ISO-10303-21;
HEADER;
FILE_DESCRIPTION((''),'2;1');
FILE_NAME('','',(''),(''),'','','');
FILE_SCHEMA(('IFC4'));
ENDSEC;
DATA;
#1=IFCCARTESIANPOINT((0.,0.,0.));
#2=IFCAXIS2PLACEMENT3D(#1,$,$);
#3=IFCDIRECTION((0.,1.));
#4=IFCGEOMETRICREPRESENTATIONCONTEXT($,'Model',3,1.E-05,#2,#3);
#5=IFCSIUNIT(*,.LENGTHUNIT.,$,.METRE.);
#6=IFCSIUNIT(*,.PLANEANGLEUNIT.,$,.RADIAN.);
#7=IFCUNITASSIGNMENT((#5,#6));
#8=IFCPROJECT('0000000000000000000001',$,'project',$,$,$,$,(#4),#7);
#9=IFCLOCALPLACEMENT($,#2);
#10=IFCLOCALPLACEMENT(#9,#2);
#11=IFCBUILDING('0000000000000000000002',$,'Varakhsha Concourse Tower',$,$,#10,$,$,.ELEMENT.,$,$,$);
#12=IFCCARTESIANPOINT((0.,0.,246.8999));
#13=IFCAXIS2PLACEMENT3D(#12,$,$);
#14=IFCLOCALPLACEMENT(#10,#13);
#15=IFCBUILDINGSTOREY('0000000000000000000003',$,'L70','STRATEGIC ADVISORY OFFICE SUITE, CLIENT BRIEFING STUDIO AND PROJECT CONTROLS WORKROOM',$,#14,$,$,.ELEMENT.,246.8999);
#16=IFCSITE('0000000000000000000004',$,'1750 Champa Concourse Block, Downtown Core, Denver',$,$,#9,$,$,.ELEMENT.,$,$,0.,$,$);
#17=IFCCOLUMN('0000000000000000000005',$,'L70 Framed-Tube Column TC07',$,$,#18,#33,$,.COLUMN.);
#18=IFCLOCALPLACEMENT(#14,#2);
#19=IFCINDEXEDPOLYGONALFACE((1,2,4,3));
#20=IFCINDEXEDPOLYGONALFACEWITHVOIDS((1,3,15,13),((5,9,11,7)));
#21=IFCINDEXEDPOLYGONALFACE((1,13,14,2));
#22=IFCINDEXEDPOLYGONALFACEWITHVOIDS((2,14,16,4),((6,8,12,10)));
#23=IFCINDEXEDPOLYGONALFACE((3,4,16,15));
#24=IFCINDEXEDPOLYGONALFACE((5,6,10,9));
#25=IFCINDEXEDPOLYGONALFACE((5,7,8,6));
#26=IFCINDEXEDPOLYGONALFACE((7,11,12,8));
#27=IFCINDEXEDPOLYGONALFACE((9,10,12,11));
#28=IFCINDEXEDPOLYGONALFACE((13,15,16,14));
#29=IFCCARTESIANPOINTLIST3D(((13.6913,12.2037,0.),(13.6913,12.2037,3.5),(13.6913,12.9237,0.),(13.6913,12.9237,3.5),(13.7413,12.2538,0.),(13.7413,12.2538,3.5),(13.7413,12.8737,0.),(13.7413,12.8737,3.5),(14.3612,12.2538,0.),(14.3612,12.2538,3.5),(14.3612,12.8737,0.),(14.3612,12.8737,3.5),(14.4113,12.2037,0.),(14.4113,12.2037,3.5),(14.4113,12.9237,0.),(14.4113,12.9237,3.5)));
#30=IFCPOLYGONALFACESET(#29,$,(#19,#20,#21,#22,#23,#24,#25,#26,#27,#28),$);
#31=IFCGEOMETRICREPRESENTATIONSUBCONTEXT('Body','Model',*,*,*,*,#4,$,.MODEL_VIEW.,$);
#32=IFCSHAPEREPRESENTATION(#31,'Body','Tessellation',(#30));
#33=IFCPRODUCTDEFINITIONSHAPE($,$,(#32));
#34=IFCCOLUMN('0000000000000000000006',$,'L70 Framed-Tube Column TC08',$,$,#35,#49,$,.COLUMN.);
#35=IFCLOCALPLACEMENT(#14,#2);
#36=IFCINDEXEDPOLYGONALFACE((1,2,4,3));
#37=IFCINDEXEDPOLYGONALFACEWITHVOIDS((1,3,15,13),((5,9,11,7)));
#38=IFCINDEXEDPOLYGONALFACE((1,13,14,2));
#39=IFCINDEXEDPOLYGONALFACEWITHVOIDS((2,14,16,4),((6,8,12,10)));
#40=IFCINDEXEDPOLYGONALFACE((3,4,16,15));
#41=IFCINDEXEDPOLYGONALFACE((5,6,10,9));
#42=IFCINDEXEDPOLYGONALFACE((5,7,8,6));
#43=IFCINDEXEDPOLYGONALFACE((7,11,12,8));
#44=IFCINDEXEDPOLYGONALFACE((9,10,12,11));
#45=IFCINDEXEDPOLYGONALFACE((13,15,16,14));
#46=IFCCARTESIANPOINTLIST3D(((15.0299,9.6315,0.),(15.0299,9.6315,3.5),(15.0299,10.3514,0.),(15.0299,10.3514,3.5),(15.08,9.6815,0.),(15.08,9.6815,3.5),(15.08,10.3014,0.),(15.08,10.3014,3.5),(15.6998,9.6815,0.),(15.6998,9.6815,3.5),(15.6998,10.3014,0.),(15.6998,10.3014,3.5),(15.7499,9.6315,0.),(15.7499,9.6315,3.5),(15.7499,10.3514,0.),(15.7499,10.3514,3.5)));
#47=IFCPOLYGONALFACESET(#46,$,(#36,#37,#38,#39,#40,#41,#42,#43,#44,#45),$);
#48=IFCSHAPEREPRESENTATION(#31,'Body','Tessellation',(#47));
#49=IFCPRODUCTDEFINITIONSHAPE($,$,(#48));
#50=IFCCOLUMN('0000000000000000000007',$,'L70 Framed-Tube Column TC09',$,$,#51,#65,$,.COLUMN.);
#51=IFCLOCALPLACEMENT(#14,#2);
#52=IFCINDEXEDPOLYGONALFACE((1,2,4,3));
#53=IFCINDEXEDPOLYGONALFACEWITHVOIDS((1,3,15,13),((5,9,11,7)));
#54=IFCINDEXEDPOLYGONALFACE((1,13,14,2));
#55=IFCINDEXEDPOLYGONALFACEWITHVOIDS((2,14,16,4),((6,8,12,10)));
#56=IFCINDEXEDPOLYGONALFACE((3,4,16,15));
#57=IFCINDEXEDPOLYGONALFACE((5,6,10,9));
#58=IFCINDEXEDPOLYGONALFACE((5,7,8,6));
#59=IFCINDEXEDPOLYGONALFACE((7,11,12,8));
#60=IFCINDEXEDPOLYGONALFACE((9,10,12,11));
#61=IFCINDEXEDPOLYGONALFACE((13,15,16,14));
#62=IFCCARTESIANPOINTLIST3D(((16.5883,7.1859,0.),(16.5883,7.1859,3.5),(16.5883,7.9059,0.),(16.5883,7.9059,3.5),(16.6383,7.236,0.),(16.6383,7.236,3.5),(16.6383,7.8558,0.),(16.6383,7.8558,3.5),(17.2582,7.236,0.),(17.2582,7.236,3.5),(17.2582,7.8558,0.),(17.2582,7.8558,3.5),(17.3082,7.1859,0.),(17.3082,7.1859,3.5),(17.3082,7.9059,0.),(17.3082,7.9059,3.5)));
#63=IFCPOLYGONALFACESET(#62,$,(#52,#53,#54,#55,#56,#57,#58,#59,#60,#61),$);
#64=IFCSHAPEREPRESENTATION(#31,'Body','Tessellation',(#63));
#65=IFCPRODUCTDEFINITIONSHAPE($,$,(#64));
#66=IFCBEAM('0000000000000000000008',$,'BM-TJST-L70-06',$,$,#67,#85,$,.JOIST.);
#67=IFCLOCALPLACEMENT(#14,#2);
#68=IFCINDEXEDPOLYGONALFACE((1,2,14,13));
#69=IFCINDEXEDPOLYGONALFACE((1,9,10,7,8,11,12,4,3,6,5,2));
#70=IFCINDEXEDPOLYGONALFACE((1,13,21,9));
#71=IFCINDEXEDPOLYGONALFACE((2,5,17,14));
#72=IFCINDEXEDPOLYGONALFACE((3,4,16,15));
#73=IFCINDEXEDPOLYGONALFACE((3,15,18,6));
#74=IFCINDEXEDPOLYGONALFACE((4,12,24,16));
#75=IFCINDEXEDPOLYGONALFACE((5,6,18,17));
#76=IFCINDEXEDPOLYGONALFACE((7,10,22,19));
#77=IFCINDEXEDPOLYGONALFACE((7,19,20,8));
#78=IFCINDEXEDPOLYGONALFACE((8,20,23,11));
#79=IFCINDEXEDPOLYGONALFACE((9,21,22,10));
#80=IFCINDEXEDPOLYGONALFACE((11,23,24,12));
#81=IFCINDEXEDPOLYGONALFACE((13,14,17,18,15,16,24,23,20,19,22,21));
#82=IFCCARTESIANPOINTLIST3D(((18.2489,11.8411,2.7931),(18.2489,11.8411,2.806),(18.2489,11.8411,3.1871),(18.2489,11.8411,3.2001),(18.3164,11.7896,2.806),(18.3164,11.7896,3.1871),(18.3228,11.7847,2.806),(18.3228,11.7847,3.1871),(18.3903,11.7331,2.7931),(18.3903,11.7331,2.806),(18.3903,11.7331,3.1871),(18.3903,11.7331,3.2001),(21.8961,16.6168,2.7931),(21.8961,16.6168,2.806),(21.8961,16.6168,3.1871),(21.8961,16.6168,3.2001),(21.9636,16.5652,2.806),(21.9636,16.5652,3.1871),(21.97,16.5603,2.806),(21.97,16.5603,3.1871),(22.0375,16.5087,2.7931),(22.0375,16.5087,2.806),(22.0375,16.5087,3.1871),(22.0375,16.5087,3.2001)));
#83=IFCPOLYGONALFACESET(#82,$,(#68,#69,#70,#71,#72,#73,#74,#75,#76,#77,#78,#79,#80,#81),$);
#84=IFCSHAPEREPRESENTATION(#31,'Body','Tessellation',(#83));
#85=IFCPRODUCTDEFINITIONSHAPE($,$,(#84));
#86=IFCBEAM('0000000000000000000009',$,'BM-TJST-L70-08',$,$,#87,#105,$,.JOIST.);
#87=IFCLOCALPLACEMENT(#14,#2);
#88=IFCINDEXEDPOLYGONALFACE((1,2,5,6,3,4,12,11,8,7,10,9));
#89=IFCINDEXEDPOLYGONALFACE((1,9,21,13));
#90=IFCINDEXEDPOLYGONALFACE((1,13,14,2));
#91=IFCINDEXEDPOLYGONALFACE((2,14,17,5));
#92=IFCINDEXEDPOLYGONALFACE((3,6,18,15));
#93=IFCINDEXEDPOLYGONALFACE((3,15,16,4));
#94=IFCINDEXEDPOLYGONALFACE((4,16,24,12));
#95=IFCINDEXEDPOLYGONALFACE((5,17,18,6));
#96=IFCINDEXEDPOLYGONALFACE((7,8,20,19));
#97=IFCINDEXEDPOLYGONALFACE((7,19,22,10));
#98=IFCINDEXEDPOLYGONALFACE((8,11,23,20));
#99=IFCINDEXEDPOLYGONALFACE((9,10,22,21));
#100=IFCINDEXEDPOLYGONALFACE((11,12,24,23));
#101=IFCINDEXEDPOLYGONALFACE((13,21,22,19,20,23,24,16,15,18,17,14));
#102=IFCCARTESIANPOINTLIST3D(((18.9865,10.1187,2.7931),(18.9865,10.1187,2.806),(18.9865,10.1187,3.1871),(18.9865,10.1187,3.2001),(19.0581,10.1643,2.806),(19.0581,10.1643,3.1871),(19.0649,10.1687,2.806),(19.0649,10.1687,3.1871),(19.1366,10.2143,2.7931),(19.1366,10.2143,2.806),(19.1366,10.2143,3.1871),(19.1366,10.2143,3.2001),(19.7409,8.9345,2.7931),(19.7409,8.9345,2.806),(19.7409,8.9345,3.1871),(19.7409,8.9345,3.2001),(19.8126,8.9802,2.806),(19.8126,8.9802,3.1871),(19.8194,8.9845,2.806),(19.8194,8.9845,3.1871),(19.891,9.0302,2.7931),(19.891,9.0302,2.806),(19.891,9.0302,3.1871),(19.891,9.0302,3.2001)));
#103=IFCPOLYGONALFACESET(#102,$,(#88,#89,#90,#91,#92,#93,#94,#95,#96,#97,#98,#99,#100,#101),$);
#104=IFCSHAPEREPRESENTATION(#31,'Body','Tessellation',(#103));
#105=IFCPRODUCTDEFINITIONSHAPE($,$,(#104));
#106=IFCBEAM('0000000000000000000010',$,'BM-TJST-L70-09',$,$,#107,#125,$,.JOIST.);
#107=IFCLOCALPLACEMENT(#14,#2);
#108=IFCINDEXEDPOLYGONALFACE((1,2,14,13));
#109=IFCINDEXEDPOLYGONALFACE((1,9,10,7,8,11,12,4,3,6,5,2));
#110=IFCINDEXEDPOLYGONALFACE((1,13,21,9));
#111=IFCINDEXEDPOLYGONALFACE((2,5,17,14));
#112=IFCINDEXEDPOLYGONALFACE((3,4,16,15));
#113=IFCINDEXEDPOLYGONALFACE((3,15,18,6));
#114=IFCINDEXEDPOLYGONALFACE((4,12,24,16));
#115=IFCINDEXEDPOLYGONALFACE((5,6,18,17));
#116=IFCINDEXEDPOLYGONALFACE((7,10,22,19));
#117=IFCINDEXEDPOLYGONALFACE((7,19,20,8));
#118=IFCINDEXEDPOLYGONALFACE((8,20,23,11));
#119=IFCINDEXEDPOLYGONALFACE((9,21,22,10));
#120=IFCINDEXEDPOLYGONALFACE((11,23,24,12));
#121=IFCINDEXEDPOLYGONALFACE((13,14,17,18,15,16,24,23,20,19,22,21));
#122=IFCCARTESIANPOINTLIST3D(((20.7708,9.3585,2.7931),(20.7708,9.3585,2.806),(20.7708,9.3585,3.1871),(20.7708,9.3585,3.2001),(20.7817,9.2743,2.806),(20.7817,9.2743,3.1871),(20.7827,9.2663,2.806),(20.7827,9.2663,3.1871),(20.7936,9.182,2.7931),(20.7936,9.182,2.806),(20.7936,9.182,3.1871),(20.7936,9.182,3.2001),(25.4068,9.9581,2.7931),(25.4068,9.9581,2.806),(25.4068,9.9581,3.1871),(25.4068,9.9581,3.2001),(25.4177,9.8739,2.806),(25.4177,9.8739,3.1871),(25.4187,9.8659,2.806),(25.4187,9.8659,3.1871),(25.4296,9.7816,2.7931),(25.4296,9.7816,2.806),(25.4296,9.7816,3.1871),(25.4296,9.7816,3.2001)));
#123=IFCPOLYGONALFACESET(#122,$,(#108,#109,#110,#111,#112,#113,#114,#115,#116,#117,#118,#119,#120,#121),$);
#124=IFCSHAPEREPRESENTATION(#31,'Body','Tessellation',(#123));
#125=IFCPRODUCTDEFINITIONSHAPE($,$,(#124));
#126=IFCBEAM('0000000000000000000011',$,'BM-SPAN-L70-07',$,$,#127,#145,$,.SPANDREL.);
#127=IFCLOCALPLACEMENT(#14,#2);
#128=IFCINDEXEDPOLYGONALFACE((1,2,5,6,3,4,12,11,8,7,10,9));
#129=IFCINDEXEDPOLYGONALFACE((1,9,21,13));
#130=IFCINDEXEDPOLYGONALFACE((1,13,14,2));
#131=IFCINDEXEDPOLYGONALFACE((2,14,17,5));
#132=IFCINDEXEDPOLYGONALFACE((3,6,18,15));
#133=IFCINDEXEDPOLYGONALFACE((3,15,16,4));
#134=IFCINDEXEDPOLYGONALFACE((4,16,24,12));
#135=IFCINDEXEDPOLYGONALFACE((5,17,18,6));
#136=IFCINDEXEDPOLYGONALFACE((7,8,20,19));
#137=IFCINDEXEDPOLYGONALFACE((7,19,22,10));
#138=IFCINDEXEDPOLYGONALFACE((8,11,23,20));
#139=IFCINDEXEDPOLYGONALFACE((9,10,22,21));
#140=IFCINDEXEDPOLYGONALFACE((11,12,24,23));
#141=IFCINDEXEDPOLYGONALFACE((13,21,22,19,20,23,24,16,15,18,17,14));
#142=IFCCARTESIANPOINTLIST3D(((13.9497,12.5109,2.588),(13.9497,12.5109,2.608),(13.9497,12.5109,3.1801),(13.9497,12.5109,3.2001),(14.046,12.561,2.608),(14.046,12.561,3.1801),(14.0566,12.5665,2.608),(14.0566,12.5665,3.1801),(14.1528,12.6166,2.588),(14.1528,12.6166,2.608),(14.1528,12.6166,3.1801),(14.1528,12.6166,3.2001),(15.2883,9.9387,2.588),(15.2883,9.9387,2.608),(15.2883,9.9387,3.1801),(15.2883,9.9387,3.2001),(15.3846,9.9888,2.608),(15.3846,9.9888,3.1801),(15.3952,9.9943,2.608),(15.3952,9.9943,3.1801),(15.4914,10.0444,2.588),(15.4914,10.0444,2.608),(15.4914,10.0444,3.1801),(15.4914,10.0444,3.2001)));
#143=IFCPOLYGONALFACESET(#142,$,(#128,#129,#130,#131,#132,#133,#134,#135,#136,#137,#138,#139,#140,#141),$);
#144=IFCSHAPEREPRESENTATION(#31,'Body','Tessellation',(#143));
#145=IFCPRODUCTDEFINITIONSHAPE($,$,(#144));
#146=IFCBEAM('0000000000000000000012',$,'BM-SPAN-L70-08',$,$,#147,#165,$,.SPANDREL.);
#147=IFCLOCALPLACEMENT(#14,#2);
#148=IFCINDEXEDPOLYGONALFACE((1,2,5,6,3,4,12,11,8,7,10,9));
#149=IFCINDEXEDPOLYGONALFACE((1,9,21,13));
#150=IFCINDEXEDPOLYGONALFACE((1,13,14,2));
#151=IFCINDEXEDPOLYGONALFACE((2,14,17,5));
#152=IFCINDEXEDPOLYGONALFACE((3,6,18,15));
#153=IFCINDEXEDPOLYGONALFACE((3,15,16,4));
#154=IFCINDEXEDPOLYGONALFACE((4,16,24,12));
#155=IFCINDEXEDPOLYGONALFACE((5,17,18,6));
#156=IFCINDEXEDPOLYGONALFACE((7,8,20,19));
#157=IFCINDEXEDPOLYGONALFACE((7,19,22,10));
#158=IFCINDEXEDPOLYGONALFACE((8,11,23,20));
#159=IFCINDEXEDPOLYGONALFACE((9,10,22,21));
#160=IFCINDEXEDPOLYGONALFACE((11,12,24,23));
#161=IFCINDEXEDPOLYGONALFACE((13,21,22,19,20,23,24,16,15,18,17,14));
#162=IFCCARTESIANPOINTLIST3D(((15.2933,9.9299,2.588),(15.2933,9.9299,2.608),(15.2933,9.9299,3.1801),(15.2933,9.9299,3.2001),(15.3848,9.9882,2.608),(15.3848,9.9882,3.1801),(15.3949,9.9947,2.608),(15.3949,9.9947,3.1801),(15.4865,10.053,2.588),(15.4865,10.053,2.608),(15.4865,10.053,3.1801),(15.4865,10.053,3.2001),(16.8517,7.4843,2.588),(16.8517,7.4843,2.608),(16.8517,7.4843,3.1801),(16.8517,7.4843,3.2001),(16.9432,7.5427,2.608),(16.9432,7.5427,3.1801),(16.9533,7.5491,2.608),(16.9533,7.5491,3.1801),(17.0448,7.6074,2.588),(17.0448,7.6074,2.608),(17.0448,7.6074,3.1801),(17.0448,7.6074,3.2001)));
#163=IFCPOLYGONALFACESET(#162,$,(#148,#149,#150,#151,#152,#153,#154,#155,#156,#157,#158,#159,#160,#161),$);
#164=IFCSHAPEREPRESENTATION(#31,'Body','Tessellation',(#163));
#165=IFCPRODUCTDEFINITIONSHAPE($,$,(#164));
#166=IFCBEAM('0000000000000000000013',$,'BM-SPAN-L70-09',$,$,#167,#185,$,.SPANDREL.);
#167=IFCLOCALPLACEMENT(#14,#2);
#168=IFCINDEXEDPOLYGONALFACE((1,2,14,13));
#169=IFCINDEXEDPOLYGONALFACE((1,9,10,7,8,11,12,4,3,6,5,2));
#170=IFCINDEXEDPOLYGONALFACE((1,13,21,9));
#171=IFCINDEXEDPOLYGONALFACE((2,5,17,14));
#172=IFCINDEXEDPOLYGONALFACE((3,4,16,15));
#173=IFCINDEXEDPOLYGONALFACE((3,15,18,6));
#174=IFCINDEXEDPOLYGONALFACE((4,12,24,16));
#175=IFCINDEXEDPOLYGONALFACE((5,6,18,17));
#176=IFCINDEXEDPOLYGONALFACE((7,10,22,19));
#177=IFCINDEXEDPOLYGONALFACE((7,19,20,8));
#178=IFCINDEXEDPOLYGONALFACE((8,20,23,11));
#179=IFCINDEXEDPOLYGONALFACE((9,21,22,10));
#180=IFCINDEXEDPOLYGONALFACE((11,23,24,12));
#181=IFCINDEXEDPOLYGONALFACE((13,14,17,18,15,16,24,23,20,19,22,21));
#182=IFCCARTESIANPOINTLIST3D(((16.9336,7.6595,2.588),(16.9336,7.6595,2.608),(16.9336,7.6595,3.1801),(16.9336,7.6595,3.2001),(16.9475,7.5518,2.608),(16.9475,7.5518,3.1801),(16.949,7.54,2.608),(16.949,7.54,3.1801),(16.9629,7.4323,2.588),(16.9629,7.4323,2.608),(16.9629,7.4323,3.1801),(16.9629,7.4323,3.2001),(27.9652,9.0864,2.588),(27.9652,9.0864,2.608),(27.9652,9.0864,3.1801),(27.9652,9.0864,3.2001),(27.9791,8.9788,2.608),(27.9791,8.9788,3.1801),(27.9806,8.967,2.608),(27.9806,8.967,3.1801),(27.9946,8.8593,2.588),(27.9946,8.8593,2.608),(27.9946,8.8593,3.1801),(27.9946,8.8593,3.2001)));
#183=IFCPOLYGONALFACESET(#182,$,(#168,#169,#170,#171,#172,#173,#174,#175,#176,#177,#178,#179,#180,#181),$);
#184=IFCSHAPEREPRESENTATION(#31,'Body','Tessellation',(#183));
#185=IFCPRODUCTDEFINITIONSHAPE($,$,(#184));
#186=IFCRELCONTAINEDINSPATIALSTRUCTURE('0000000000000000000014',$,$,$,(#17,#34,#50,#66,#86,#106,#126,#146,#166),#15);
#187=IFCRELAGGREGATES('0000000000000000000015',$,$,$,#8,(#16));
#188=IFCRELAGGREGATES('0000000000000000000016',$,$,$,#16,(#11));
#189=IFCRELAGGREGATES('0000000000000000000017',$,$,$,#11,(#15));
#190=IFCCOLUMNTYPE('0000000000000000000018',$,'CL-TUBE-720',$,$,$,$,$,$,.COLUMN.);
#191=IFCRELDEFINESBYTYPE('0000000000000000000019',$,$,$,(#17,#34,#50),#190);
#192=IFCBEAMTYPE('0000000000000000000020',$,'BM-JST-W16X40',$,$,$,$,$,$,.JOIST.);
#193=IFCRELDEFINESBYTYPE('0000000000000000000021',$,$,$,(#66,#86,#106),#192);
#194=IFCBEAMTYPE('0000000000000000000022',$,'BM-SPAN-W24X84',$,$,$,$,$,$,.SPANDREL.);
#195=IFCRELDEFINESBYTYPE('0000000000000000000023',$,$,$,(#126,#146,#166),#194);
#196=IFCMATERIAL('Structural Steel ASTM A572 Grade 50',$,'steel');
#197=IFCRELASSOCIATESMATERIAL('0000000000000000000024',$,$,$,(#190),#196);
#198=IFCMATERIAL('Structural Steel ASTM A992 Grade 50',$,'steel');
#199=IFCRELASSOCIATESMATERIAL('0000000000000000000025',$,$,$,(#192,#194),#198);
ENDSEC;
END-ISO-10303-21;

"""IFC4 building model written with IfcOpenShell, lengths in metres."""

from ifc_helpers import new_model, si_unit, direction, frame, origin, origin_2d, place, context, subcontext, project, spatial, hollow_rectangle, i_section, extrude, material, material_profile, profile_set, type_object, element, save


model = new_model("IFC4")

# Units and contexts
model_context = context("Model", 3, precision=1e-05, world=origin(), true_north=direction((0.0, 1.0)))
body_context = subcontext(model_context, "Body", "Model", "MODEL_VIEW")
ifc_project = project(units=[si_unit("LENGTHUNIT", "METRE"), si_unit("PLANEANGLEUNIT", "RADIAN")], contexts=[model_context])

# Site, building, storey
site_placement = place(None, origin())
site = spatial("IfcSite", under=ifc_project, at=site_placement, Name="1750 Champa Concourse Block, Downtown Core, Denver", CompositionType="ELEMENT", RefElevation=0.0)
building_placement = place(site_placement, origin())
building = spatial("IfcBuilding", under=site, at=building_placement, Name="Varakhsha Concourse Tower", CompositionType="ELEMENT")
storey_placement = place(building_placement, frame((0.0, 0.0, 246.8999)))
storey = spatial("IfcBuildingStorey", under=building, at=storey_placement, Name="L70", Description="STRATEGIC ADVISORY OFFICE SUITE, CLIENT BRIEFING STUDIO AND PROJECT CONTROLS WORKROOM", CompositionType="ELEMENT", Elevation=246.8999)

# Columns
ifc_material_1 = material(Name="Structural Steel ASTM A572 Grade 50", Category="steel")
ifc_material_profile_1 = material_profile(ifc_material_1, hollow_rectangle(XDim=0.72, YDim=0.72, WallThickness=0.05, at=origin_2d()), Name="BOX 720x720x50")
ifc_profile_set_1 = profile_set([ifc_material_profile_1], Name="Structural Steel ASTM A572 Grade 50")
column_type = type_object("IfcColumnType", Name="CL-TUBE-720", PredefinedType="COLUMN", material=ifc_profile_set_1)
for number, where, z_axis, x_axis, name in (
    (1, (14.0513, 12.5637, 0.0), (0.0, 0.0, 1.0), (1.0, 0.0, 0.0), "L70 Framed-Tube Column TC07"),
    (2, (15.3899, 9.9915, 0.0), (0.0, 0.0, 1.0), (1.0, 0.0, 0.0), "L70 Framed-Tube Column TC08"),
    (3, (16.9482, 7.5459, 0.0), (0.0, 0.0, 1.0), (1.0, 0.0, 0.0), "L70 Framed-Tube Column TC09"),
):
    element("IfcColumn", number, at=place(storey_placement, frame(where, z_axis=z_axis, x_axis=x_axis)), inside=storey, type_object=column_type, Name=name, PredefinedType="COLUMN", context=body_context, shape_type="SweptSolid", body=[
        extrude(hollow_rectangle(XDim=0.72, YDim=0.72, WallThickness=0.05, at=origin_2d()), origin(), (0.0, 0.0, 1.0), 3.5),
    ])

# Beams
ifc_material_2 = material(Name="Structural Steel ASTM A992 Grade 50", Category="steel")
ifc_material_profile_2 = material_profile(ifc_material_2, i_section(OverallWidth=0.178, OverallDepth=0.407, WebThickness=0.0081, FlangeThickness=0.0129, at=origin_2d()), Name="W16X40")
ifc_profile_set_2 = profile_set([ifc_material_profile_2], Name="Structural Steel ASTM A992 Grade 50")
beam_type_1 = type_object("IfcBeamType", Name="BM-JST-W16X40", PredefinedType="JOIST", material=ifc_profile_set_2)
beam_1_placement = place(storey_placement, frame((21.9668, 16.5627, 2.9966), z_axis=(-0.606952, -0.794738, 0.0), x_axis=(0.794738, -0.606952, 0.0)))
element("IfcBeam", 4, at=beam_1_placement, inside=storey, type_object=beam_type_1, Name="BM-TJST-L70-06", PredefinedType="JOIST", context=body_context, shape_type="SweptSolid", body=[
    extrude(i_section(OverallWidth=0.178, OverallDepth=0.407, WebThickness=0.0081, FlangeThickness=0.0129, at=origin_2d()), origin(), (0.0, 0.0, 1.0), 6.009),
])
beam_2_placement = place(storey_placement, frame((19.0615, 10.1665, 2.9966), z_axis=(0.537325, -0.843375, 0.0), x_axis=(0.843375, 0.537325, 0.0)))
element("IfcBeam", 5, at=beam_2_placement, inside=storey, type_object=beam_type_1, Name="BM-TJST-L70-08", PredefinedType="JOIST", context=body_context, shape_type="SweptSolid", body=[
    extrude(i_section(OverallWidth=0.178, OverallDepth=0.407, WebThickness=0.0081, FlangeThickness=0.0129, at=origin_2d()), origin(), (0.0, 0.0, 1.0), 1.4041),
])
beam_3_placement = place(storey_placement, frame((20.7822, 9.2703, 2.9966), z_axis=(0.991739, 0.12827, 0.0), x_axis=(-0.12827, 0.991739, 0.0)))
element("IfcBeam", 6, at=beam_3_placement, inside=storey, type_object=beam_type_1, Name="BM-TJST-L70-09", PredefinedType="JOIST", context=body_context, shape_type="SweptSolid", body=[
    extrude(i_section(OverallWidth=0.178, OverallDepth=0.407, WebThickness=0.0081, FlangeThickness=0.0129, at=origin_2d()), origin(), (0.0, 0.0, 1.0), 4.6746),
])
ifc_material_profile_3 = material_profile(ifc_material_2, i_section(OverallWidth=0.229, OverallDepth=0.6121, WebThickness=0.012, FlangeThickness=0.02, at=origin_2d()), Name="W24X84")
ifc_profile_set_3 = profile_set([ifc_material_profile_3], Name="Structural Steel ASTM A992 Grade 50")
beam_type_2 = type_object("IfcBeamType", Name="BM-SPAN-W24X84", PredefinedType="SPANDREL", material=ifc_profile_set_3)
beam_4_placement = place(storey_placement, frame((14.0513, 12.5637, 2.894), z_axis=(0.461636, -0.887069, 0.0), x_axis=(0.887069, 0.461636, 0.0)))
element("IfcBeam", 7, at=beam_4_placement, inside=storey, type_object=beam_type_2, Name="BM-SPAN-L70-07", PredefinedType="SPANDREL", context=body_context, shape_type="SweptSolid", body=[
    extrude(i_section(OverallWidth=0.229, OverallDepth=0.6121, WebThickness=0.012, FlangeThickness=0.02, at=origin_2d()), origin(), (0.0, 0.0, 1.0), 2.8997),
])
beam_5_placement = place(storey_placement, frame((15.3899, 9.9915, 2.894), z_axis=(0.537387, -0.843335, 0.0), x_axis=(0.843335, 0.537387, 0.0)))
element("IfcBeam", 8, at=beam_5_placement, inside=storey, type_object=beam_type_2, Name="BM-SPAN-L70-08", PredefinedType="SPANDREL", context=body_context, shape_type="SweptSolid", body=[
    extrude(i_section(OverallWidth=0.229, OverallDepth=0.6121, WebThickness=0.012, FlangeThickness=0.02, at=origin_2d()), origin(), (0.0, 0.0, 1.0), 2.8999),
])
beam_6_placement = place(storey_placement, frame((16.9482, 7.5459, 2.894), z_axis=(0.991737, 0.128285, 0.0), x_axis=(-0.128285, 0.991737, 0.0)))
element("IfcBeam", 9, at=beam_6_placement, inside=storey, type_object=beam_type_2, Name="BM-SPAN-L70-09", PredefinedType="SPANDREL", context=body_context, shape_type="SweptSolid", body=[
    extrude(i_section(OverallWidth=0.229, OverallDepth=0.6121, WebThickness=0.012, FlangeThickness=0.02, at=origin_2d()), origin(), (0.0, 0.0, 1.0), 11.1235),
])

save(model, "model.ifc")
